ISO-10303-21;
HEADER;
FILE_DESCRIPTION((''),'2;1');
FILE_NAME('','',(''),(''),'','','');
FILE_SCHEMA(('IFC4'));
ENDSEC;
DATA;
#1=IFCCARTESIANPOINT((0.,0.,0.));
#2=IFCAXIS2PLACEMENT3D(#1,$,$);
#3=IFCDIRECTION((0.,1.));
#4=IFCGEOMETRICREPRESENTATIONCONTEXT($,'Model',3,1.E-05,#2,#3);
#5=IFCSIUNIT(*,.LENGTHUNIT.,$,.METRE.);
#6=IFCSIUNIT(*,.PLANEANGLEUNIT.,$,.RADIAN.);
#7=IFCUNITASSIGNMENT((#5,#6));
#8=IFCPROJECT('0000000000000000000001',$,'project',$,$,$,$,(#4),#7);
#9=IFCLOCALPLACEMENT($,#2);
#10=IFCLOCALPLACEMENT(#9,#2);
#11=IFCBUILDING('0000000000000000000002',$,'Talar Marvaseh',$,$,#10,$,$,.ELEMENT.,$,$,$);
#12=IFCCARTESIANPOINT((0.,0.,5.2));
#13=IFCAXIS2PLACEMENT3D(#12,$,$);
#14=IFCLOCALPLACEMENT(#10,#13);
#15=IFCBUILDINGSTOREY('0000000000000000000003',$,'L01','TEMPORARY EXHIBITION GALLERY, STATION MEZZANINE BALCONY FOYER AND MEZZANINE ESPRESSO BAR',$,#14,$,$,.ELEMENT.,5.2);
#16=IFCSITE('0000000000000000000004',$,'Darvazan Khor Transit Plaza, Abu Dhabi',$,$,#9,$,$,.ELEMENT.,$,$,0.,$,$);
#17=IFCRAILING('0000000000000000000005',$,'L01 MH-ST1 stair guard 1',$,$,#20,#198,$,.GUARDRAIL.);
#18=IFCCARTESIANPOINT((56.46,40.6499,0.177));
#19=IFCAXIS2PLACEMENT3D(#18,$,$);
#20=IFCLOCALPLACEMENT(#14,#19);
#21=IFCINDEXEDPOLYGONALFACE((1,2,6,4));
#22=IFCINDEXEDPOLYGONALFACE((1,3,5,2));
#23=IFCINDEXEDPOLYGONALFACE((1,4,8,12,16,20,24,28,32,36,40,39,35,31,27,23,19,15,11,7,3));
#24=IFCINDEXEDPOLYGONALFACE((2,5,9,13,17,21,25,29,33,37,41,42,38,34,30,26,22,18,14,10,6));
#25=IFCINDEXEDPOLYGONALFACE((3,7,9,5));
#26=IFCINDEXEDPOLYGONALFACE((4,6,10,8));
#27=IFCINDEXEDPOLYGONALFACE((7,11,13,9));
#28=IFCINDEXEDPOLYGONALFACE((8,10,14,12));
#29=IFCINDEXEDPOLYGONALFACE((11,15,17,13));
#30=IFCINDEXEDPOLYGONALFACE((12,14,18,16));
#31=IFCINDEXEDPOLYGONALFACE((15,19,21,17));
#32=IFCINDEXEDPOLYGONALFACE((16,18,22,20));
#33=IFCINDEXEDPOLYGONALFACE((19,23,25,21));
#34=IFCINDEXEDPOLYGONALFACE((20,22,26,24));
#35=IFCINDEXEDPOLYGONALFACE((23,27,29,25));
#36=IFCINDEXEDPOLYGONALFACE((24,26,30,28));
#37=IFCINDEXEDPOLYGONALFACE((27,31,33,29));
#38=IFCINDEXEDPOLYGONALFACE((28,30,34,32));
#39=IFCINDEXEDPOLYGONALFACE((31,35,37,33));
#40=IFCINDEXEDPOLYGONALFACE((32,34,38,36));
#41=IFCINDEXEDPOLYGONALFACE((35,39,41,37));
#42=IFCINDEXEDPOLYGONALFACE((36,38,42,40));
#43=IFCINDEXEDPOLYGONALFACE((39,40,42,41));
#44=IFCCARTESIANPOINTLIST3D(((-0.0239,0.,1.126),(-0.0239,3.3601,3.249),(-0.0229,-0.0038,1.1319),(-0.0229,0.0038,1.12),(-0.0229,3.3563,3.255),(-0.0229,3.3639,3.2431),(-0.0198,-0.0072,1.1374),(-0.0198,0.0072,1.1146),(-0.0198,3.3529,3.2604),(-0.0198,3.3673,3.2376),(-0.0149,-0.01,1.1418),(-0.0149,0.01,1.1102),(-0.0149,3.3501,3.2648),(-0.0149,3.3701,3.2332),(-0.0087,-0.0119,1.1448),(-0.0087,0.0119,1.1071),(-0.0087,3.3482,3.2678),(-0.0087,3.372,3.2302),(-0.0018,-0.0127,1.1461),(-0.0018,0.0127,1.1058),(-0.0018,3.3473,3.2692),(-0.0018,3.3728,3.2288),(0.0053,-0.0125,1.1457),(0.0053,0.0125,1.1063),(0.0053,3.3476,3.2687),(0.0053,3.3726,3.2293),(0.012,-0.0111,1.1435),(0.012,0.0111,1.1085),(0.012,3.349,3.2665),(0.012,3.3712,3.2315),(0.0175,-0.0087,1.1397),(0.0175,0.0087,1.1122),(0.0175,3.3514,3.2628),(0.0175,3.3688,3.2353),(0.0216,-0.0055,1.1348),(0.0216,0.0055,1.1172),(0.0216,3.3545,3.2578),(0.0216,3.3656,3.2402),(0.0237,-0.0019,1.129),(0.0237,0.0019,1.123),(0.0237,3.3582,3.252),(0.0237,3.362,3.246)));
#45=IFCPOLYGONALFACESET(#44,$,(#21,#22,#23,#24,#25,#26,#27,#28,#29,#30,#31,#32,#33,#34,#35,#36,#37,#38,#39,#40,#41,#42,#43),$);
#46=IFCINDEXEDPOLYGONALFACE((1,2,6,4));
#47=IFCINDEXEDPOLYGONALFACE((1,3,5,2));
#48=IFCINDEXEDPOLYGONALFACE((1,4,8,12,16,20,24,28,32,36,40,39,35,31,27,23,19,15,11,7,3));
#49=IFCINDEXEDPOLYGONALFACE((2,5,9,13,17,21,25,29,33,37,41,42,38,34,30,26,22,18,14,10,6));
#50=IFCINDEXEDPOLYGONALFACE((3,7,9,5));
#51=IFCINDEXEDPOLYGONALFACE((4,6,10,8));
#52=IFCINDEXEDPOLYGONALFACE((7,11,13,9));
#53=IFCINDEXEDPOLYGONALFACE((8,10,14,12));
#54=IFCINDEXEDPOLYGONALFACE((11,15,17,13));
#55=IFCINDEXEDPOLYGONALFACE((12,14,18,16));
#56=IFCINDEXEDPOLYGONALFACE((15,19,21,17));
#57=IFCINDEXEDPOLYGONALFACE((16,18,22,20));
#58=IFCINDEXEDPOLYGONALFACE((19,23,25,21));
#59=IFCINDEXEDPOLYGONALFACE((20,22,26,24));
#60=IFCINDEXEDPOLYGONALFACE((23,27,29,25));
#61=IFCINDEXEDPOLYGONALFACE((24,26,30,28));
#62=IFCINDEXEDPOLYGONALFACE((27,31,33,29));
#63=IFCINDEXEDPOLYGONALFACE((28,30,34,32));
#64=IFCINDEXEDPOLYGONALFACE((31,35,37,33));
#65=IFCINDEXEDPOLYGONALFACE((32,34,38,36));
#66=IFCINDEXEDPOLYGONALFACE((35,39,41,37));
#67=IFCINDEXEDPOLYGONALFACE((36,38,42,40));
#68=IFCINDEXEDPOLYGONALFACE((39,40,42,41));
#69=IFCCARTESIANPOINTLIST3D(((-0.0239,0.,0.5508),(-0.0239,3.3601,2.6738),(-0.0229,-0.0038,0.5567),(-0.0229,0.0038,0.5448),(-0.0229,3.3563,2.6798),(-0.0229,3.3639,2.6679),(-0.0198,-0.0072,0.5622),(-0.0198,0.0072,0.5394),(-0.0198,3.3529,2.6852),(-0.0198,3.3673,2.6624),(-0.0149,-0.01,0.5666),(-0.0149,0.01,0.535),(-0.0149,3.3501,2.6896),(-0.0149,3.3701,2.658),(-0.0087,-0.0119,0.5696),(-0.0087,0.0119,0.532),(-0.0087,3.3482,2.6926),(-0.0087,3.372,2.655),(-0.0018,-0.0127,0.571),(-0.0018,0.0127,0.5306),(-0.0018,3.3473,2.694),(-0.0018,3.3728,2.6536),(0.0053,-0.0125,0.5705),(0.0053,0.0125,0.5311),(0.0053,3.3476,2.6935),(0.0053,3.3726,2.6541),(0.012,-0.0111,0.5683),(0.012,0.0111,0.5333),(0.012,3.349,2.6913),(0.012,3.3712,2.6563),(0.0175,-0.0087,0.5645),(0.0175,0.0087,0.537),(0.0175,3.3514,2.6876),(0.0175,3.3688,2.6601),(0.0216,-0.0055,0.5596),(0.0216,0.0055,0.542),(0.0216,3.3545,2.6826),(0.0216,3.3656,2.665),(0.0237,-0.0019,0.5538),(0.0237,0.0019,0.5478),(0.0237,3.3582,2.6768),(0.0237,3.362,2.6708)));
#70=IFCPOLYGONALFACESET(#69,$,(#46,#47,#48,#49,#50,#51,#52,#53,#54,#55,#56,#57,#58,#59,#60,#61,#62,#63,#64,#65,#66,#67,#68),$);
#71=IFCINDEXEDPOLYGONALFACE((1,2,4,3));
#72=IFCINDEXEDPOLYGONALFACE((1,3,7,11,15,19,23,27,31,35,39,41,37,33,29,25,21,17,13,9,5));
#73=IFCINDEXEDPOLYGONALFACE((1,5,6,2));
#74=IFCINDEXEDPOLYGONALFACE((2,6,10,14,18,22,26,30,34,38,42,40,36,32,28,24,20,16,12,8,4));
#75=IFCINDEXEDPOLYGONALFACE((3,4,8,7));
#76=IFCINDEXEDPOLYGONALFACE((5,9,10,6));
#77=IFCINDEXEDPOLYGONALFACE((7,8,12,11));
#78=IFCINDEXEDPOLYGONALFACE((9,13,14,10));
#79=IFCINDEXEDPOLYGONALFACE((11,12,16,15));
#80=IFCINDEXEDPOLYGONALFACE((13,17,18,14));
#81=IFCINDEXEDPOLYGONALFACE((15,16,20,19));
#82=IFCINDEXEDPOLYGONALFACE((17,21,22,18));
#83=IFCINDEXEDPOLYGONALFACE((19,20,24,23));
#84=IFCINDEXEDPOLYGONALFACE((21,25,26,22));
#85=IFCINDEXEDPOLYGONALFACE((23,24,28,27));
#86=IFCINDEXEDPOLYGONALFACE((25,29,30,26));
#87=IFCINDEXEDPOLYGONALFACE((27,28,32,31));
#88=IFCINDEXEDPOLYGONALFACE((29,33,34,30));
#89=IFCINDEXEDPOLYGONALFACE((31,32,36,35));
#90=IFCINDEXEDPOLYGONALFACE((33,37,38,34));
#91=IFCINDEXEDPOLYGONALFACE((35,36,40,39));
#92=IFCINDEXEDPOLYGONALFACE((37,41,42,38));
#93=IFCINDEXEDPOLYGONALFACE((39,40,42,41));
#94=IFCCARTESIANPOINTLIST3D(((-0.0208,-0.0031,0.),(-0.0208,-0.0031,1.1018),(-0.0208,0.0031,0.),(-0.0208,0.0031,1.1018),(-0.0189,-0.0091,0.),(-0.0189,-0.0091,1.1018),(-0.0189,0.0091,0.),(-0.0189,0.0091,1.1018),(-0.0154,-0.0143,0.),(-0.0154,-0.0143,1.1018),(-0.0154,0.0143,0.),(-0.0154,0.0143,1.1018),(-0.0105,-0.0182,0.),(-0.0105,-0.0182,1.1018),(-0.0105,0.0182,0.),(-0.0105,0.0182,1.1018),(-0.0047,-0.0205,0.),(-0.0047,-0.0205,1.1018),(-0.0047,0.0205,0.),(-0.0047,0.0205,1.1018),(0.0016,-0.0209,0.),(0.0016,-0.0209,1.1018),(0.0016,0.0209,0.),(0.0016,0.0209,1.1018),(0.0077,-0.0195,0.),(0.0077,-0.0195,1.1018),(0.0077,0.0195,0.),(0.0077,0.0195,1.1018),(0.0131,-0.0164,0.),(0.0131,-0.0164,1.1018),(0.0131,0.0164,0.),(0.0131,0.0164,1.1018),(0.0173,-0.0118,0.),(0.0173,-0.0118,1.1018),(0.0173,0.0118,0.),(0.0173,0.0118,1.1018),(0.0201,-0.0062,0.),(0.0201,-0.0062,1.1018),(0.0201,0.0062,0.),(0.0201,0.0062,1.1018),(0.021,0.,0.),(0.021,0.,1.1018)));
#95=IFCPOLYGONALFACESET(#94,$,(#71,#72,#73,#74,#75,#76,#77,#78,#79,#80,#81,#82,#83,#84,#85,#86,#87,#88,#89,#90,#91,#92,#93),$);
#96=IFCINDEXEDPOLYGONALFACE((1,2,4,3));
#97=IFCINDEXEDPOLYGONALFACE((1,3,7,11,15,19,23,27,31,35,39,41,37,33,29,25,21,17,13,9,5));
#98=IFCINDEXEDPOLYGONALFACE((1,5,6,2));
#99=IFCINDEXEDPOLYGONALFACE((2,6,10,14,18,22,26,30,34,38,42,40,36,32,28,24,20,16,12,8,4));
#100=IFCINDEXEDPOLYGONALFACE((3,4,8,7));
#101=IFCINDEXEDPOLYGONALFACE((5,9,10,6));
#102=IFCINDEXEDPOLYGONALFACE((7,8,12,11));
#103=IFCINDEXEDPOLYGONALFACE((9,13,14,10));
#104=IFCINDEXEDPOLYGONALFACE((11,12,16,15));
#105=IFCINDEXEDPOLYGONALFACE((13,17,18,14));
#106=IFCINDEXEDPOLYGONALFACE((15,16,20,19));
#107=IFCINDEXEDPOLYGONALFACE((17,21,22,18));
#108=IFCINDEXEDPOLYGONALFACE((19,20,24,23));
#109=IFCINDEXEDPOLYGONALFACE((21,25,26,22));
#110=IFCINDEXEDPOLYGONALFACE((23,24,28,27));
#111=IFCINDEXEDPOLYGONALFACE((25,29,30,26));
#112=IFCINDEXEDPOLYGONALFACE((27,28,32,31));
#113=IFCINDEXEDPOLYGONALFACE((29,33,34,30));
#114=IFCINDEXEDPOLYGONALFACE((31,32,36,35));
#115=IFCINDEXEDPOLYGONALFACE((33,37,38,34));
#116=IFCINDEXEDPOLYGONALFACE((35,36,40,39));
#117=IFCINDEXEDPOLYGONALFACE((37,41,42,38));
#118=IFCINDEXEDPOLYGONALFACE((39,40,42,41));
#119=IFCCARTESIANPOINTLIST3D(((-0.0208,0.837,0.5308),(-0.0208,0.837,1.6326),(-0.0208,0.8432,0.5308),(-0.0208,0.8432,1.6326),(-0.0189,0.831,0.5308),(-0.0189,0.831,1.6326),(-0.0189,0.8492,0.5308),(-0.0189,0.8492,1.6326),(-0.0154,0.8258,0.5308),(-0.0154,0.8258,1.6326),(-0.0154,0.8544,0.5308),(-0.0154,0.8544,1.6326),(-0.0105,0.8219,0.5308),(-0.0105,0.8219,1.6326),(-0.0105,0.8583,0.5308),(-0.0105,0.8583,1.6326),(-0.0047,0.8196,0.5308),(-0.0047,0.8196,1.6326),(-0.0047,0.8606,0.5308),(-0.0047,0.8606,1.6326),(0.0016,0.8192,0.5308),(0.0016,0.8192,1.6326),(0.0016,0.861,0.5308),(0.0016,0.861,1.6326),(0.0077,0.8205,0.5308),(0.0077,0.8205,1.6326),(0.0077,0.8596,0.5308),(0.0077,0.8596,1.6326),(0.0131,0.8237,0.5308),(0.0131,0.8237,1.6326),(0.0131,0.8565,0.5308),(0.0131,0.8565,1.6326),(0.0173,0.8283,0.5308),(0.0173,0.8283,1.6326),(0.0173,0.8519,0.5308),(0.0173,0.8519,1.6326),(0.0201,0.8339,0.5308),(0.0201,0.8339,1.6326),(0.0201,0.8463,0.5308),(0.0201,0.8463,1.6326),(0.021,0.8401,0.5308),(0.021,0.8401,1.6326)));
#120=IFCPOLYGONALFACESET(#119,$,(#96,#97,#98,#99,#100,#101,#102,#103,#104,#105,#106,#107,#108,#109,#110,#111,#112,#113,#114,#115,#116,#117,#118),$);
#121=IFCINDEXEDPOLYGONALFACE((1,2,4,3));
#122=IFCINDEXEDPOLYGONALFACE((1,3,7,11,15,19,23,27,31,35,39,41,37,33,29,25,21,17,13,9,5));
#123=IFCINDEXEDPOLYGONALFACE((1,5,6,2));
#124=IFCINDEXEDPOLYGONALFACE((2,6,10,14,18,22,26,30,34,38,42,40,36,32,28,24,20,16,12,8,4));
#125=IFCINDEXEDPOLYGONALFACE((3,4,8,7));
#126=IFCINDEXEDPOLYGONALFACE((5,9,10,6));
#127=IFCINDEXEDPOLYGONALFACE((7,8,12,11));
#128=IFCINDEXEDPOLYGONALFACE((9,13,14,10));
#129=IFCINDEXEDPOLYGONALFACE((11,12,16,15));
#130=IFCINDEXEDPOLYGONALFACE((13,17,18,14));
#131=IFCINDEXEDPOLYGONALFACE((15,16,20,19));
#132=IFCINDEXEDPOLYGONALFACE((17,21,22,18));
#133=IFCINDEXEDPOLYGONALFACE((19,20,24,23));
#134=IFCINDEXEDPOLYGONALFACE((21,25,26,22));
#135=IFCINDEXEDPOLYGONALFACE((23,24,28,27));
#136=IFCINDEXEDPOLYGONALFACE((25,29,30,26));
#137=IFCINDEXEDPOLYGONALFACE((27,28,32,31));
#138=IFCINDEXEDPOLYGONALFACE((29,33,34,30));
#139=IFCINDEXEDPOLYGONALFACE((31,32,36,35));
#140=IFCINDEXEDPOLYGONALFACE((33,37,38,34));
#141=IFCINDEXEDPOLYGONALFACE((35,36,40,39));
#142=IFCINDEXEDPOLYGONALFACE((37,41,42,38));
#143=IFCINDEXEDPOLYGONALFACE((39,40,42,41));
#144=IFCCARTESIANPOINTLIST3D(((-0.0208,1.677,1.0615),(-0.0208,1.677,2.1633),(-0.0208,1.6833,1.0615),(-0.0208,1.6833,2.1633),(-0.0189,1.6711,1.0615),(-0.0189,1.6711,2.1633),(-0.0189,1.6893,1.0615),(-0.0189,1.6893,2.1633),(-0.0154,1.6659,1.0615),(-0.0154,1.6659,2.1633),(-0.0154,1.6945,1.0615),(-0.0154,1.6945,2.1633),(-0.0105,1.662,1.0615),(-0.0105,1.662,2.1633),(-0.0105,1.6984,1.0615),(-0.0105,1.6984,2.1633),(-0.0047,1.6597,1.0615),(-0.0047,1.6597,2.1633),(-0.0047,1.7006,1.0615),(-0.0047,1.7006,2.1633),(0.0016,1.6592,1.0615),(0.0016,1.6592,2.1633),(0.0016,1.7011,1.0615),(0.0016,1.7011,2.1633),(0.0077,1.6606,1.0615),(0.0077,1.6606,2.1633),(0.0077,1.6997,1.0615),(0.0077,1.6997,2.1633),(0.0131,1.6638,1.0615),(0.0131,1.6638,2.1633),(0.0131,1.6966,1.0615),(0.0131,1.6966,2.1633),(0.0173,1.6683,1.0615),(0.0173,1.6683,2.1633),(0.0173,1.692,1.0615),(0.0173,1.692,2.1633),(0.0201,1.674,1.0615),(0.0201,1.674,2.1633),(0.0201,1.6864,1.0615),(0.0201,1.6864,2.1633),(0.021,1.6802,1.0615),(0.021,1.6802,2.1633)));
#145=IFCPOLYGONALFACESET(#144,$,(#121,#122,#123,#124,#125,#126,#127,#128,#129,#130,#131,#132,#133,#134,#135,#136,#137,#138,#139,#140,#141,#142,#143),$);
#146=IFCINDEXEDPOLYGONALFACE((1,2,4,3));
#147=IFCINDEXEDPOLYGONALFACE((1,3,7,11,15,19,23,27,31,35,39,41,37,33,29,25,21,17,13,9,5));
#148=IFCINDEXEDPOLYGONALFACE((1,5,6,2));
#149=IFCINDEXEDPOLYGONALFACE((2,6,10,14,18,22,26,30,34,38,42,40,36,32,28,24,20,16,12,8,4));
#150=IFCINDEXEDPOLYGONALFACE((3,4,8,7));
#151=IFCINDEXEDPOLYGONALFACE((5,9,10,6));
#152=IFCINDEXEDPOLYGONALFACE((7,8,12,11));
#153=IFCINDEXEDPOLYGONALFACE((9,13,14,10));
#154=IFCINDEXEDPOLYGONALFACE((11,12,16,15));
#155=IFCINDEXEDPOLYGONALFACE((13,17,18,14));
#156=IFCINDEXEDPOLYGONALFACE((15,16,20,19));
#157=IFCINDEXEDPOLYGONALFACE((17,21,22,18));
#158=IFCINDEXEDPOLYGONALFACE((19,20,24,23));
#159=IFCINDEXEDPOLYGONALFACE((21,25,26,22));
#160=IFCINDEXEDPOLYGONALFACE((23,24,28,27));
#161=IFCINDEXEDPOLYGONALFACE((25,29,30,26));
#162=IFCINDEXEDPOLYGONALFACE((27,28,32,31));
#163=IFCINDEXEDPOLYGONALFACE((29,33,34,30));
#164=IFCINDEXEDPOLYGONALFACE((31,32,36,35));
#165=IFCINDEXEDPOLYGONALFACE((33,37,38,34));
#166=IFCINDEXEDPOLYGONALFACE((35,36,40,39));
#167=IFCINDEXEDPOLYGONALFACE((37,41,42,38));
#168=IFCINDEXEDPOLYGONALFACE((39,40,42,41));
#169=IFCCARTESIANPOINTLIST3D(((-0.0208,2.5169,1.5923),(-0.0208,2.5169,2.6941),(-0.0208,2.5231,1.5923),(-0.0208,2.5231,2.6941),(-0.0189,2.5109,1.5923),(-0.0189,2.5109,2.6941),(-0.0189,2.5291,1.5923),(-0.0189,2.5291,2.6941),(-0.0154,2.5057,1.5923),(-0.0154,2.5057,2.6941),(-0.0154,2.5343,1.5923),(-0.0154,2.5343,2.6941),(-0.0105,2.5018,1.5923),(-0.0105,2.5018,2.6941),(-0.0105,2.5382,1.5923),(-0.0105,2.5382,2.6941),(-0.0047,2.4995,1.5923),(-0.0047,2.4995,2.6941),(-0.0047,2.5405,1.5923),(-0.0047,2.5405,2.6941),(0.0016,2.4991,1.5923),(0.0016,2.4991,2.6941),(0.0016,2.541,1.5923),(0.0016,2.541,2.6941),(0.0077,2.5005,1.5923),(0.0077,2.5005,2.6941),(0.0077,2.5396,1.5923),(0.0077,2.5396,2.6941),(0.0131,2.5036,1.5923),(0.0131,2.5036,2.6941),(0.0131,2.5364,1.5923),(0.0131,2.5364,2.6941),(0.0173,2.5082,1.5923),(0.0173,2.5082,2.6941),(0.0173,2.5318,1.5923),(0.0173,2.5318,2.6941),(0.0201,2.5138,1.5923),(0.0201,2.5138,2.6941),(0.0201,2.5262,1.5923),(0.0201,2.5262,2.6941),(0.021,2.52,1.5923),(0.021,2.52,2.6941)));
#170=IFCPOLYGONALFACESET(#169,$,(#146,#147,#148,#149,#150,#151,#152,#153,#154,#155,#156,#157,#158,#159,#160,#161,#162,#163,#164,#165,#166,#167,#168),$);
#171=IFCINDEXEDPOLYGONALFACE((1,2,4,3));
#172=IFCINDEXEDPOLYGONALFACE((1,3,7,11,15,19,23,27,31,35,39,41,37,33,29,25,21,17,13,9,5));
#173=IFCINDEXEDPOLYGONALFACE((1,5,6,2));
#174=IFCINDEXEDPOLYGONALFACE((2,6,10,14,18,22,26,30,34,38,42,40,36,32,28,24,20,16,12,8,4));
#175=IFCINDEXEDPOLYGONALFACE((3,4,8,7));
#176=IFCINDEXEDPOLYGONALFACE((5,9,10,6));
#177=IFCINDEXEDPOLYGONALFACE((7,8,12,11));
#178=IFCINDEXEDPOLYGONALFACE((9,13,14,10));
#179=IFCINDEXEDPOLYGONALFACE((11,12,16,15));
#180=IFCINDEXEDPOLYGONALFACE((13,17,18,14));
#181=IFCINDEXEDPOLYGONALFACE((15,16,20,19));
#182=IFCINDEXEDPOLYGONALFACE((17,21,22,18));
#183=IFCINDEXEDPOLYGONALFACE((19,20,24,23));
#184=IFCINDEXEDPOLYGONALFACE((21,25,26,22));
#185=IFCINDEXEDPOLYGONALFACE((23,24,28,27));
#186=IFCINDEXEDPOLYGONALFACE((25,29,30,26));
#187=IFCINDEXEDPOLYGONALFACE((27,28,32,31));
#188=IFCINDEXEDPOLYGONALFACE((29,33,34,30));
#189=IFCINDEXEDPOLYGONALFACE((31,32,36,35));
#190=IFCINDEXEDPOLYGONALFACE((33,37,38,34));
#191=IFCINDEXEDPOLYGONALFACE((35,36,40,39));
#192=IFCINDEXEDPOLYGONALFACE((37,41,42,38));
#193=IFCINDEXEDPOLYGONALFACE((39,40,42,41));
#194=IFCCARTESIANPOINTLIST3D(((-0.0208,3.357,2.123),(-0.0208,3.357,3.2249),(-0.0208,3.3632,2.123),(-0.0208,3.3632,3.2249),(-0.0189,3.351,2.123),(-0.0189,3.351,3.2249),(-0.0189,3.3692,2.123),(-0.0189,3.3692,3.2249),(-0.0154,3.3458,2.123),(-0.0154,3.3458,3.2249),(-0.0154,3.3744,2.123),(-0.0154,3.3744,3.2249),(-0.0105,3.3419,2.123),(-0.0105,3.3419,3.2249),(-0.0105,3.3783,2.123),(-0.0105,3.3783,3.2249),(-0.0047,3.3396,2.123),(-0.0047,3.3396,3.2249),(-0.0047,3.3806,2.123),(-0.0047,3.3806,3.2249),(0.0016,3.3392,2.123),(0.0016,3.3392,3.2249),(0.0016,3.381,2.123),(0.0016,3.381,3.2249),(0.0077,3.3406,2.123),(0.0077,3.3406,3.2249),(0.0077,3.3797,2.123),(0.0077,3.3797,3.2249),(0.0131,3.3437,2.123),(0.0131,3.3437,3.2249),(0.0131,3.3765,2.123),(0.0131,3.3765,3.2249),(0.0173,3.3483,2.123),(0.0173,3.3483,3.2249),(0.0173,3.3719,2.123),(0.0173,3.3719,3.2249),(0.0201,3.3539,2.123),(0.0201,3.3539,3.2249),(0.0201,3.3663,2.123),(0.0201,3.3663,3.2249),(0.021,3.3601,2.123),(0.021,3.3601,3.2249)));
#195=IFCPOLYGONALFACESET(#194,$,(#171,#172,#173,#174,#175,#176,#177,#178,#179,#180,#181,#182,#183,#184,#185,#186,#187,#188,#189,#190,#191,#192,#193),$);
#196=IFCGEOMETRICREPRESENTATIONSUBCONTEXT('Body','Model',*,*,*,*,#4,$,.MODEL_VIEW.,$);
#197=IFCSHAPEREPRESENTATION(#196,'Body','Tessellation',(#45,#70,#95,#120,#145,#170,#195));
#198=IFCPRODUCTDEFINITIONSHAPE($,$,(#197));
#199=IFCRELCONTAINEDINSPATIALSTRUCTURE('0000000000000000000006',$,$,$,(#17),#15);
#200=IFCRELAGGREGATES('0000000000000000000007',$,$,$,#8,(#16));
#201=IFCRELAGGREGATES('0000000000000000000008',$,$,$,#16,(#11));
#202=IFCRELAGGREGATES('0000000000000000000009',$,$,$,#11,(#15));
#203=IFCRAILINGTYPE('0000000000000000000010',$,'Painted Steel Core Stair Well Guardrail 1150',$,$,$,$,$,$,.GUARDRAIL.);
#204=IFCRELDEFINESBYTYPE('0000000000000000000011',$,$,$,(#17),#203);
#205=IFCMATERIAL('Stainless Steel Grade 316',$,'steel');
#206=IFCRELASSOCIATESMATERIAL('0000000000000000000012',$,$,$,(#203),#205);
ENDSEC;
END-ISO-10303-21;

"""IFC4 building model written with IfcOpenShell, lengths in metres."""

from ifc_helpers import new_model, si_unit, direction, frame, origin, origin_2d, place, context, subcontext, project, spatial, circle, extrude, material, type_object, element, save


model = new_model("IFC4")

# Units and contexts
model_context = context("Model", 3, precision=1e-05, world=origin(), true_north=direction((0.0, 1.0)))
body_context = subcontext(model_context, "Body", "Model", "MODEL_VIEW")
ifc_project = project(units=[si_unit("LENGTHUNIT", "METRE"), si_unit("PLANEANGLEUNIT", "RADIAN")], contexts=[model_context])

# Site, building, storey
site_placement = place(None, origin())
site = spatial("IfcSite", under=ifc_project, at=site_placement, Name="Darvazan Khor Transit Plaza, Abu Dhabi", CompositionType="ELEMENT", RefElevation=0.0)
building_placement = place(site_placement, origin())
building = spatial("IfcBuilding", under=site, at=building_placement, Name="Talar Marvaseh", CompositionType="ELEMENT")
storey_placement = place(building_placement, frame((0.0, 0.0, 5.2)))
storey = spatial("IfcBuildingStorey", under=building, at=storey_placement, Name="L01", Description="TEMPORARY EXHIBITION GALLERY, STATION MEZZANINE BALCONY FOYER AND MEZZANINE ESPRESSO BAR", CompositionType="ELEMENT", Elevation=5.2)

# Railing
ifc_material_1 = material(Name="Stainless Steel Grade 316", Category="steel")
railing_type_1 = type_object("IfcRailingType", Name="Painted Steel Core Stair Well Guardrail 1150", PredefinedType="GUARDRAIL", material=ifc_material_1)
railing_1_placement = place(storey_placement, frame((56.46, 40.6499, 0.177)))
element("IfcRailing", 1, at=railing_1_placement, inside=storey, type_object=railing_type_1, Name="L01 MH-ST1 stair guard 1", PredefinedType="GUARDRAIL", context=body_context, shape_type="SweptSolid", body=[
    extrude(circle(Radius=0.0239, at=origin_2d()), frame((0.0, 0.0, 1.126), z_axis=(0.0, 0.84539, 0.53415), x_axis=(-1.0, 0.0, 0.0)), (0.0, 0.0, 1.0), 3.9746),
    extrude(circle(Radius=0.0239, at=origin_2d()), frame((0.0, 0.0, 0.5508), z_axis=(0.0, 0.84539, 0.53415), x_axis=(-1.0, 0.0, 0.0)), (0.0, 0.0, 1.0), 3.9746),
    extrude(circle(Radius=0.021, at=origin_2d()), origin(), (0.0, 0.0, 1.0), 1.1018),
    extrude(circle(Radius=0.021, at=origin_2d()), frame((0.0, 0.8401, 0.5308)), (0.0, 0.0, 1.0), 1.1018),
    extrude(circle(Radius=0.021, at=origin_2d()), frame((0.0, 1.6802, 1.0615)), (0.0, 0.0, 1.0), 1.1018),
    extrude(circle(Radius=0.021, at=origin_2d()), frame((0.0, 2.52, 1.5923)), (0.0, 0.0, 1.0), 1.1018),
    extrude(circle(Radius=0.021, at=origin_2d()), frame((0.0, 3.3601, 2.123)), (0.0, 0.0, 1.0), 1.1018),
])

save(model, "model.ifc")
